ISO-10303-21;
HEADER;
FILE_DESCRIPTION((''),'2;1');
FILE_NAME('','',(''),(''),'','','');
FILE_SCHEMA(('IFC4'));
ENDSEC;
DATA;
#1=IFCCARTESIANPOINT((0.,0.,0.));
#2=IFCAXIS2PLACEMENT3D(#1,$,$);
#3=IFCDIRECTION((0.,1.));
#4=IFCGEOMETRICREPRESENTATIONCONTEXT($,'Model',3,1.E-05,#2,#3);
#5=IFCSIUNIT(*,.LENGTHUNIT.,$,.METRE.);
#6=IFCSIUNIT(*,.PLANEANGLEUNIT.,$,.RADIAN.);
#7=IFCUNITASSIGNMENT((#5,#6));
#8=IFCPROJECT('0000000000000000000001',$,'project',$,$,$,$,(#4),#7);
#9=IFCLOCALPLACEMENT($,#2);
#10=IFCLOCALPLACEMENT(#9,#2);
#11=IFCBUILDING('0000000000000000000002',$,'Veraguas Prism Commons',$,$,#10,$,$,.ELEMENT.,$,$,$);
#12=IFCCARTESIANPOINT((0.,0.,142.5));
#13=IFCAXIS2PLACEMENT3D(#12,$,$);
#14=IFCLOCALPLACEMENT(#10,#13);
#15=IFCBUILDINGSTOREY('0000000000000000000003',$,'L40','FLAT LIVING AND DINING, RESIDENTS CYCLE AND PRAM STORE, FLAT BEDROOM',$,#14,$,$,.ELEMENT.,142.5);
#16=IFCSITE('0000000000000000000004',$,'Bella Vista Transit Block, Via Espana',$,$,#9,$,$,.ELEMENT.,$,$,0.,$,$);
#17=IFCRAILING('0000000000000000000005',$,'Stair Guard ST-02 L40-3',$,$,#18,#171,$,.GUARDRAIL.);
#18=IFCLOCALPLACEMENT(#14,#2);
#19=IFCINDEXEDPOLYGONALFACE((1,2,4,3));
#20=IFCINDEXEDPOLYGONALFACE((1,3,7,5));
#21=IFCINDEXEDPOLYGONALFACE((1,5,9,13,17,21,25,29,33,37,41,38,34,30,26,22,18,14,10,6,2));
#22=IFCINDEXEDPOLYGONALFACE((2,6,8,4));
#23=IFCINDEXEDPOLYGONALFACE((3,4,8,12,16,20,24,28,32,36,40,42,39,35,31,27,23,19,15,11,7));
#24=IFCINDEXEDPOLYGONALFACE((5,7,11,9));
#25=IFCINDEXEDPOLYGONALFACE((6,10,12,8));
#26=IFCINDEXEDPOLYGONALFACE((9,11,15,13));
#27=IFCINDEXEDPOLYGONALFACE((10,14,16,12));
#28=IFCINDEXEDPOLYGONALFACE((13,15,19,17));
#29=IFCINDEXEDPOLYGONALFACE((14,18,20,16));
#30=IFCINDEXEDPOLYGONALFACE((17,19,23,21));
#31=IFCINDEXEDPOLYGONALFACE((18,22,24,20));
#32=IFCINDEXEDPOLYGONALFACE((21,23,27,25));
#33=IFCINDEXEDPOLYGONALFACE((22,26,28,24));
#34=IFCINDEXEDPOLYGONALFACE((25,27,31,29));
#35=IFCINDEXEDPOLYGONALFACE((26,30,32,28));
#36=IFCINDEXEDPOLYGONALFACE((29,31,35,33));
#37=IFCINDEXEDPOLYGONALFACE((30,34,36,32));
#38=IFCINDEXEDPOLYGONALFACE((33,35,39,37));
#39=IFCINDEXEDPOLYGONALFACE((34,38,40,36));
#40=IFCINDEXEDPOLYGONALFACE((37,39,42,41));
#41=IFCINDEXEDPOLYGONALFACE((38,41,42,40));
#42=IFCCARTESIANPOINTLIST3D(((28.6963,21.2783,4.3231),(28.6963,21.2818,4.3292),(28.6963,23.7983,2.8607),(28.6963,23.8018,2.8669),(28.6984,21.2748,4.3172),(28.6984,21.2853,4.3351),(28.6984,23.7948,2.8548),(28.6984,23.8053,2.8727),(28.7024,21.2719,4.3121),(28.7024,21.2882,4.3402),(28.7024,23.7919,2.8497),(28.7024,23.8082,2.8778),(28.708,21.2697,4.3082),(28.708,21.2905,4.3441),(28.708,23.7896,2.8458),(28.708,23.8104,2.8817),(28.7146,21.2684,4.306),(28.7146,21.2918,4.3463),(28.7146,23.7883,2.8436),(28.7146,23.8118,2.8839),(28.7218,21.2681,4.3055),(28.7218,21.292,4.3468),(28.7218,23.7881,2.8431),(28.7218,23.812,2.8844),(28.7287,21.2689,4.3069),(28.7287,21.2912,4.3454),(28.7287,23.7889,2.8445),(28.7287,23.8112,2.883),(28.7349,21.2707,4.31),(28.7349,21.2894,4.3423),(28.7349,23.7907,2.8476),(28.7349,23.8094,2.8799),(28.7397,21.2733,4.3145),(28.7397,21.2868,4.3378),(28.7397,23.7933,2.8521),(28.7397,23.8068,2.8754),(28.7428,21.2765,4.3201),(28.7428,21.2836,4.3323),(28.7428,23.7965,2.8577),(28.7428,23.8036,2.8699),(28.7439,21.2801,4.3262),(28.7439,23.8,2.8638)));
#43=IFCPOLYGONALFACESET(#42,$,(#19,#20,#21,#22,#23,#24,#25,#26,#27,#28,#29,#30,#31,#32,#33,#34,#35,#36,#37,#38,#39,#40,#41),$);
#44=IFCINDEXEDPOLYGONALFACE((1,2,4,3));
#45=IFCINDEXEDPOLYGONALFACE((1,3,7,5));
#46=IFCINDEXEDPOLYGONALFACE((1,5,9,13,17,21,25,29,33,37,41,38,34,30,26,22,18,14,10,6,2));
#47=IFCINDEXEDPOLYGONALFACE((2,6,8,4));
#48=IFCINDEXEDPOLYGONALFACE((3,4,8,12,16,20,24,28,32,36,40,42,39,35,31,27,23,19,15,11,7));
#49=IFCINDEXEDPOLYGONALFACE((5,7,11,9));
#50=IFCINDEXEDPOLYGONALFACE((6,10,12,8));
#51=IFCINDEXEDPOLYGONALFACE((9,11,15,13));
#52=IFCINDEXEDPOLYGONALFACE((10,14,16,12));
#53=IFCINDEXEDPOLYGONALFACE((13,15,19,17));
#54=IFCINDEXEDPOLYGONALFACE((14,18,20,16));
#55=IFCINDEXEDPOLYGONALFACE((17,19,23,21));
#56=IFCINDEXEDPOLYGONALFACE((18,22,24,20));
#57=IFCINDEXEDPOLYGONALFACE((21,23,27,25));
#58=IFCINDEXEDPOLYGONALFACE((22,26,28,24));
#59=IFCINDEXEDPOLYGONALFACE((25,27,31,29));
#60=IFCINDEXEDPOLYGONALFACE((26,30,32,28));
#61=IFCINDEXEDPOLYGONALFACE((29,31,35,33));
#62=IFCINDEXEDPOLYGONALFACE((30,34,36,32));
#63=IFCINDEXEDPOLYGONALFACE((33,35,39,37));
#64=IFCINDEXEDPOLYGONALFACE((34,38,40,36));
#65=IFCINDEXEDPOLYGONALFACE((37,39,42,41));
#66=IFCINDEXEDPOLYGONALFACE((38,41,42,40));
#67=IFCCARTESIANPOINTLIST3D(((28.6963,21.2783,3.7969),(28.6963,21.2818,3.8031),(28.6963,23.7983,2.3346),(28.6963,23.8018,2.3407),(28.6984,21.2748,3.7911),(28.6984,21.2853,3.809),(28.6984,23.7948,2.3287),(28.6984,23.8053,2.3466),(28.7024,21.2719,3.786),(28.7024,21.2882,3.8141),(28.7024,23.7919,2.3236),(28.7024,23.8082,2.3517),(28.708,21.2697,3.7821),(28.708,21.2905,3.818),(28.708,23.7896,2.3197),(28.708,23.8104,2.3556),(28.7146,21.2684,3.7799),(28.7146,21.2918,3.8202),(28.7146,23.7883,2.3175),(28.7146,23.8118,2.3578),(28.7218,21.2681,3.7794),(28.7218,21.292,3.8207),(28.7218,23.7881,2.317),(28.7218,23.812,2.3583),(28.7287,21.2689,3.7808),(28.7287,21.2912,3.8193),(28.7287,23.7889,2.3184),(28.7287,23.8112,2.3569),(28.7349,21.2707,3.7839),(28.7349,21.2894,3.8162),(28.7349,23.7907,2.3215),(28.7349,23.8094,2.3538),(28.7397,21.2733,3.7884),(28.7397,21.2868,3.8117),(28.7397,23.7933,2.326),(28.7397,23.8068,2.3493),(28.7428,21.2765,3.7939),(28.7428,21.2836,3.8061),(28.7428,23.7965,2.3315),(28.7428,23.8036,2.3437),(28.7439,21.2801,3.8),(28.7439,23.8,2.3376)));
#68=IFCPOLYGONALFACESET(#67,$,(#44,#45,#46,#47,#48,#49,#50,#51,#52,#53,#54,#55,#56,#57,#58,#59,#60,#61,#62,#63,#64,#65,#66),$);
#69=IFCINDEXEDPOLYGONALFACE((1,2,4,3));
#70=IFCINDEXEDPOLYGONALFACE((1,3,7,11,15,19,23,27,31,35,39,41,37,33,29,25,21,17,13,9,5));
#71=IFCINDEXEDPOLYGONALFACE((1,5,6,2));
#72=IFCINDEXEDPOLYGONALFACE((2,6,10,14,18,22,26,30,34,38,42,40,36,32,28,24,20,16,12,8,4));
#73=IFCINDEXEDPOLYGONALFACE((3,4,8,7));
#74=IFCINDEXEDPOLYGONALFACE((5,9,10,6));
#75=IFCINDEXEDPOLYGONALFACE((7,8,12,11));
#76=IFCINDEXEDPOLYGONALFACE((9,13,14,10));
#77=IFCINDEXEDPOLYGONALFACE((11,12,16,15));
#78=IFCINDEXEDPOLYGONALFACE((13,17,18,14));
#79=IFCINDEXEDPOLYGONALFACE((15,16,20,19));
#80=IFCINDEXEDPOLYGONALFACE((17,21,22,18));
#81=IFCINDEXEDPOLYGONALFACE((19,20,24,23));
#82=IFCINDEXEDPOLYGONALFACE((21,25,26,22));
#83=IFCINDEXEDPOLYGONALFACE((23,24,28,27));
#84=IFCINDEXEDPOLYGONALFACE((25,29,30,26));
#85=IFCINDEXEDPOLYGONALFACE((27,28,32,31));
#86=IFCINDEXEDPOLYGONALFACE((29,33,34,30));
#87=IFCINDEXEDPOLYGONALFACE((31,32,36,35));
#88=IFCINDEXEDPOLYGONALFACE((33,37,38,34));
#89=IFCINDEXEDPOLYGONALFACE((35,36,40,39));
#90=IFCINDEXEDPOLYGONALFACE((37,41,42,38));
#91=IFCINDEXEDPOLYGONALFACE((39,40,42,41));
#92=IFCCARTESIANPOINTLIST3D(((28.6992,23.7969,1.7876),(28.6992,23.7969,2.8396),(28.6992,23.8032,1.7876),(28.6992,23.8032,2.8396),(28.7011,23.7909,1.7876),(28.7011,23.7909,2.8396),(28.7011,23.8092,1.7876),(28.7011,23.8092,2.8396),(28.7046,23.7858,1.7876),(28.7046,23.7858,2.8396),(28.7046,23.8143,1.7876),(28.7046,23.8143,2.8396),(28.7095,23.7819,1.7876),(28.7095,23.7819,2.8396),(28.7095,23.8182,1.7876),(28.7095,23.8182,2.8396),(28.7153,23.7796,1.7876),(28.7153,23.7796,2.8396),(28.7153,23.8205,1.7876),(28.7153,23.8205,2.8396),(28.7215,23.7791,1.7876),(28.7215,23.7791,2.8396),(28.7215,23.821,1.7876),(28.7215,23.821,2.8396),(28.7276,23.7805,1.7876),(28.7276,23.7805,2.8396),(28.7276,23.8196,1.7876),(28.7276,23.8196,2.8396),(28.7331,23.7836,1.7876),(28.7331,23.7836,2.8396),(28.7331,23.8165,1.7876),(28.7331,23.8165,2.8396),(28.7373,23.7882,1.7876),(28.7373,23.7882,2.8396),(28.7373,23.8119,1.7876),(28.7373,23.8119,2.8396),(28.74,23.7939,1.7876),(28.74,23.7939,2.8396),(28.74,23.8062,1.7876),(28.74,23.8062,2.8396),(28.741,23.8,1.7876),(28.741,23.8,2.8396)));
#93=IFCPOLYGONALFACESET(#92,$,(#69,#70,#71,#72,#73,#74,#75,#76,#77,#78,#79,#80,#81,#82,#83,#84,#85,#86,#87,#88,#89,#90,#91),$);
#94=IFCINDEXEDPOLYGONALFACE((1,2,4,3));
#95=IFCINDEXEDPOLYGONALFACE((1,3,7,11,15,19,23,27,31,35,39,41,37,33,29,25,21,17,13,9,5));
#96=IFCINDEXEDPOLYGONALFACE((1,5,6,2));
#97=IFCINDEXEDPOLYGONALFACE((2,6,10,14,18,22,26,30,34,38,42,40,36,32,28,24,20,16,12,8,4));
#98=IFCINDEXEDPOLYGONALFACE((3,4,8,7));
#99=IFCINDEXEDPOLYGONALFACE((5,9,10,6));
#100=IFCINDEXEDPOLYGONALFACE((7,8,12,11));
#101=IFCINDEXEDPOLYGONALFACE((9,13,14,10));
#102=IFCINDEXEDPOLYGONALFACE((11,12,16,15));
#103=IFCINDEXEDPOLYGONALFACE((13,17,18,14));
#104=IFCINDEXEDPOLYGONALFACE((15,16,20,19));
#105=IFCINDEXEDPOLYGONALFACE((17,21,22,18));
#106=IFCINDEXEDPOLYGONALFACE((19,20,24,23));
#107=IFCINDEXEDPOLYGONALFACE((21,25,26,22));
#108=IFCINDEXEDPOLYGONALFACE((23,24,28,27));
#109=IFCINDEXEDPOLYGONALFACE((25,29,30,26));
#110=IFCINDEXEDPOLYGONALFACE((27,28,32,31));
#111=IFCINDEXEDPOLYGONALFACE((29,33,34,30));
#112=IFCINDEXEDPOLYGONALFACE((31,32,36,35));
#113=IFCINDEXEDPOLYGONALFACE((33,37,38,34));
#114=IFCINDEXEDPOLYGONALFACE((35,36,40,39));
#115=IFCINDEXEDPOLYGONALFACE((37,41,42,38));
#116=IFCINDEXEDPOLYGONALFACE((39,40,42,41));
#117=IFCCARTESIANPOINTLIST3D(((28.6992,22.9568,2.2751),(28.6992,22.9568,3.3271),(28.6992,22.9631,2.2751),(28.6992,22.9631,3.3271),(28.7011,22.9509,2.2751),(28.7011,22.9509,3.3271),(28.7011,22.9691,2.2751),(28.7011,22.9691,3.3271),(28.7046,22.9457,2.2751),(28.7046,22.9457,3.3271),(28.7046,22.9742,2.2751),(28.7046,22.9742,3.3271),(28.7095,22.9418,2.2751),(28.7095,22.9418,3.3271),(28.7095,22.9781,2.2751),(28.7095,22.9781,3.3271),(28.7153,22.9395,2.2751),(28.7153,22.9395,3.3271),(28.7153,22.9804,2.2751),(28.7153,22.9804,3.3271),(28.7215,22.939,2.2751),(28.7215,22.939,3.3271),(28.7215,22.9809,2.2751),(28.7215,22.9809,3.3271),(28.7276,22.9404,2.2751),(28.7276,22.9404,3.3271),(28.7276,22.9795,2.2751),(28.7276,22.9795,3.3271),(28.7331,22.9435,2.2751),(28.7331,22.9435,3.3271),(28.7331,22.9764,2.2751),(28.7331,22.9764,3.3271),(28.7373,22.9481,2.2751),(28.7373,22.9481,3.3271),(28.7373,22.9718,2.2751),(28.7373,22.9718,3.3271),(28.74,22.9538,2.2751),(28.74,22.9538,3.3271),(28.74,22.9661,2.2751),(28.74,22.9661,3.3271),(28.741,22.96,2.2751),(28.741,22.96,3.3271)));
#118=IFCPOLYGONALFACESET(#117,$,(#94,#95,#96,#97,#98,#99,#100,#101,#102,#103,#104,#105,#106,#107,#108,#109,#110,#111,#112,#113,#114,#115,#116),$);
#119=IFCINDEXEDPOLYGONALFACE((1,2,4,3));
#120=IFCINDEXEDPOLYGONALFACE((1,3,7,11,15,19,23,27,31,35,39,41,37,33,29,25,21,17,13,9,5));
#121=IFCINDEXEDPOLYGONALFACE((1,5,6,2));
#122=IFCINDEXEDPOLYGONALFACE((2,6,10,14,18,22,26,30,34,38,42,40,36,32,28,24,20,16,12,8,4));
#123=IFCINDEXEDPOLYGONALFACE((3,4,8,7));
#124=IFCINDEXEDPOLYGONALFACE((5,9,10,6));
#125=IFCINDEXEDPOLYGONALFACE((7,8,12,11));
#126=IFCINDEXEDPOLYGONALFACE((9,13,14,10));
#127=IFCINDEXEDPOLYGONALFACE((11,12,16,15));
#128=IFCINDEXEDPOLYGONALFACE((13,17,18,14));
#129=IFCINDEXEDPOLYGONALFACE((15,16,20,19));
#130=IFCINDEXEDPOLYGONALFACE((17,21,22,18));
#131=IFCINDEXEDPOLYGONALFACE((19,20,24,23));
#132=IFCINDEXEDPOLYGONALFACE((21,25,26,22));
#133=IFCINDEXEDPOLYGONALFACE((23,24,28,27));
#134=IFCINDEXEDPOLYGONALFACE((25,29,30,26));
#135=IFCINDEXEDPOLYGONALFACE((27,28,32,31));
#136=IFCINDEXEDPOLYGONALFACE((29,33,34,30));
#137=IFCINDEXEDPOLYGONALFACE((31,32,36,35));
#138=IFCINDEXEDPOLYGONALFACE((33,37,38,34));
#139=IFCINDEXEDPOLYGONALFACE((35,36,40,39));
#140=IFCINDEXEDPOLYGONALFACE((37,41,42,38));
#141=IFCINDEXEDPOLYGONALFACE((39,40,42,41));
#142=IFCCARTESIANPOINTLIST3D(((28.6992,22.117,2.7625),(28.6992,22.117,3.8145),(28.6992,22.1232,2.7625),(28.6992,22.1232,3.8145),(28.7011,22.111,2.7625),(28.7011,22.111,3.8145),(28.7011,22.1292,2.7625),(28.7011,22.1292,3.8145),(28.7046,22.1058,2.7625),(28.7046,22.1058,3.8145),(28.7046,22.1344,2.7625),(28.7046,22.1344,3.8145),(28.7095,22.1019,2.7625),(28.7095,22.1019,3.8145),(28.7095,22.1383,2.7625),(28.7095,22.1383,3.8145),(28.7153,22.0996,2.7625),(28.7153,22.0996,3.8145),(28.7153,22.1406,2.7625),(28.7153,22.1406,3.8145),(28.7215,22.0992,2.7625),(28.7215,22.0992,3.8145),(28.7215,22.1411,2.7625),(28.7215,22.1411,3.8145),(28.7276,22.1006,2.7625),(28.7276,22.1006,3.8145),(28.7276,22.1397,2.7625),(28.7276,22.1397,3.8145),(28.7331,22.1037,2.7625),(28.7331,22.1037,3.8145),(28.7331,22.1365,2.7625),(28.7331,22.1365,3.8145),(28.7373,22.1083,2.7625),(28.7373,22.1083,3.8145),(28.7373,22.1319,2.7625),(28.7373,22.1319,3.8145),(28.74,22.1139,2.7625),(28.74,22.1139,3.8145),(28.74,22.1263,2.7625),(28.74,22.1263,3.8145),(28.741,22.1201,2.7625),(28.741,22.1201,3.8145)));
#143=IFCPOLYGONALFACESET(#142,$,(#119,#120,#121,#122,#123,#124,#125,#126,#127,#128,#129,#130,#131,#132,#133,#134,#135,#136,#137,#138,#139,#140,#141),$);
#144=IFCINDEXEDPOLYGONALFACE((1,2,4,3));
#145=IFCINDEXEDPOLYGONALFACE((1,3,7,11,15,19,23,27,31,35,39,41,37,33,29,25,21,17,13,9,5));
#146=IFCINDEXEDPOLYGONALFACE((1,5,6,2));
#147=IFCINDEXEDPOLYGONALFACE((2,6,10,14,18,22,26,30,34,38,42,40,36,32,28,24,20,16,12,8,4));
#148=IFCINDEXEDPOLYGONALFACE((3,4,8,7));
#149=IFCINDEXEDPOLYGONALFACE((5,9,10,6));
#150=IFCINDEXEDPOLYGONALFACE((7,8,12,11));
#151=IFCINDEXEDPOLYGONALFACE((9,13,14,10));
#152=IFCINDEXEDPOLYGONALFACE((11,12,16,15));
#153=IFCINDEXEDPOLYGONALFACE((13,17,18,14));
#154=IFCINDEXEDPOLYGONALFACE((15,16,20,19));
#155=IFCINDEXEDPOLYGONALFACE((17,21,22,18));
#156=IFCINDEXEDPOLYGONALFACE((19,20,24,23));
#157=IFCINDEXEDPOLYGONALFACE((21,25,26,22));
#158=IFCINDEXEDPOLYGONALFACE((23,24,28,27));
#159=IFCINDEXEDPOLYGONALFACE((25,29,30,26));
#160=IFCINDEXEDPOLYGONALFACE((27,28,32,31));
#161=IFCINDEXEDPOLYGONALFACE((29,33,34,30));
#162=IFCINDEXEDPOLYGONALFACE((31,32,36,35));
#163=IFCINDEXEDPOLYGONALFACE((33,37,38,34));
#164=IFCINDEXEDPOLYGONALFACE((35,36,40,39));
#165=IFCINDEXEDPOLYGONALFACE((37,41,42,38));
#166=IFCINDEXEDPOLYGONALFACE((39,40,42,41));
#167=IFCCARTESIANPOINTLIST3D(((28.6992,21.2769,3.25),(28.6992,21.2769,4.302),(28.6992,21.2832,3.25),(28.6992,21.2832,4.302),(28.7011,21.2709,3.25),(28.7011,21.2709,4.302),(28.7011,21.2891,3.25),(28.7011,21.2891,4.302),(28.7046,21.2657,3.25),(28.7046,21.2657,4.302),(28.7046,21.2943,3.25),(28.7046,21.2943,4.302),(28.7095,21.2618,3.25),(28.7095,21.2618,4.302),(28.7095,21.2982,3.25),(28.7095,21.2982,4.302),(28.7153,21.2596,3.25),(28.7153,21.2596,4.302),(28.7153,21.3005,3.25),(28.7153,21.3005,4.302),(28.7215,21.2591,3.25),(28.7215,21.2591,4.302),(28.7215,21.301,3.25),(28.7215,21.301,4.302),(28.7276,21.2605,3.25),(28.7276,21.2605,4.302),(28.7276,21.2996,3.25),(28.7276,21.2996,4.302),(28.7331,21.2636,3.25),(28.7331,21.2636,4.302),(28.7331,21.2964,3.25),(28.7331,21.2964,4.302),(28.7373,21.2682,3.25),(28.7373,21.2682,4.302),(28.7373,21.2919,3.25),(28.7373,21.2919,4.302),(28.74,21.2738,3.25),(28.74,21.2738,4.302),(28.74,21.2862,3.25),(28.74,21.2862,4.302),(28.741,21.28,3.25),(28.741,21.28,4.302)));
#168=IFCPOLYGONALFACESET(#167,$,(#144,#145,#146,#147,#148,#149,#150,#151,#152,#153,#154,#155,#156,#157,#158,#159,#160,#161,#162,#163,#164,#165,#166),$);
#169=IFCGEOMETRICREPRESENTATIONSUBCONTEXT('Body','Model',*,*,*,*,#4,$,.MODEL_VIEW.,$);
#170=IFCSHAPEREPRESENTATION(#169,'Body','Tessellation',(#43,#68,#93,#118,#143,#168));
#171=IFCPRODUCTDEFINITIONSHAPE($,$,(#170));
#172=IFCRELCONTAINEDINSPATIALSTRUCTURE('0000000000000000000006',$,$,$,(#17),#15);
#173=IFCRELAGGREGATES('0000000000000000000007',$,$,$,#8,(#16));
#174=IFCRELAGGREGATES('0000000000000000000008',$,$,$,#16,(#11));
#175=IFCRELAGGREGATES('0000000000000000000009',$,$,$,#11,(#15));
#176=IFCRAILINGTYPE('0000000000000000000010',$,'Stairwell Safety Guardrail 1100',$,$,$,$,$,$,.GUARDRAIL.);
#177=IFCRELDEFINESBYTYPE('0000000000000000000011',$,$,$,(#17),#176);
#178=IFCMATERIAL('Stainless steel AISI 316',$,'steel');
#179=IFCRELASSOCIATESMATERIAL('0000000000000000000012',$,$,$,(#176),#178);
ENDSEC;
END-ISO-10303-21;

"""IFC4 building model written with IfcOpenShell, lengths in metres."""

from ifc_helpers import new_model, si_unit, direction, frame, origin, origin_2d, place, context, subcontext, project, spatial, circle, extrude, material, type_object, element, save


model = new_model("IFC4")

# Units and contexts
model_context = context("Model", 3, precision=1e-05, world=origin(), true_north=direction((0.0, 1.0)))
body_context = subcontext(model_context, "Body", "Model", "MODEL_VIEW")
ifc_project = project(units=[si_unit("LENGTHUNIT", "METRE"), si_unit("PLANEANGLEUNIT", "RADIAN")], contexts=[model_context])

# Site, building, storey
site_placement = place(None, origin())
site = spatial("IfcSite", under=ifc_project, at=site_placement, Name="Bella Vista Transit Block, Via Espana", CompositionType="ELEMENT", RefElevation=0.0)
building_placement = place(site_placement, origin())
building = spatial("IfcBuilding", under=site, at=building_placement, Name="Veraguas Prism Commons", CompositionType="ELEMENT")
storey_placement = place(building_placement, frame((0.0, 0.0, 142.5)))
storey = spatial("IfcBuildingStorey", under=building, at=storey_placement, Name="L40", Description="FLAT LIVING AND DINING, RESIDENTS CYCLE AND PRAM STORE, FLAT BEDROOM", CompositionType="ELEMENT", Elevation=142.5)

# Shared definitions
ifc_material_1 = material(Name="Stainless steel AISI 316", Category="steel")

# Railing
railing_type_1 = type_object("IfcRailingType", Name="Stairwell Safety Guardrail 1100", PredefinedType="GUARDRAIL", material=ifc_material_1)
railing_1_placement = place(storey_placement, frame((28.72, 23.8, 1.7876)))
element("IfcRailing", 1, at=railing_1_placement, inside=storey, type_object=railing_type_1, Name="Stair Guard ST-02 L40-3", PredefinedType="GUARDRAIL", context=body_context, shape_type="SweptSolid", body=[
    extrude(circle(Radius=0.0239, at=origin_2d()), frame((0.0, 0.0, 1.0762), z_axis=(0.0, -0.864913, 0.501921), x_axis=(1.0, 0.0, 0.0)), (0.0, 0.0, 1.0), 2.9136),
    extrude(circle(Radius=0.0239, at=origin_2d()), frame((0.0, 0.0, 0.55), z_axis=(0.0, -0.864913, 0.501921), x_axis=(1.0, 0.0, 0.0)), (0.0, 0.0, 1.0), 2.9136),
    extrude(circle(Radius=0.021, at=origin_2d()), origin(), (0.0, 0.0, 1.0), 1.052),
    extrude(circle(Radius=0.021, at=origin_2d()), frame((0.0, -0.8401, 0.4875)), (0.0, 0.0, 1.0), 1.052),
    extrude(circle(Radius=0.021, at=origin_2d()), frame((0.0, -1.6799, 0.9749)), (0.0, 0.0, 1.0), 1.052),
    extrude(circle(Radius=0.021, at=origin_2d()), frame((0.0, -2.52, 1.4624)), (0.0, 0.0, 1.0), 1.052),
])

save(model, "model.ifc")
